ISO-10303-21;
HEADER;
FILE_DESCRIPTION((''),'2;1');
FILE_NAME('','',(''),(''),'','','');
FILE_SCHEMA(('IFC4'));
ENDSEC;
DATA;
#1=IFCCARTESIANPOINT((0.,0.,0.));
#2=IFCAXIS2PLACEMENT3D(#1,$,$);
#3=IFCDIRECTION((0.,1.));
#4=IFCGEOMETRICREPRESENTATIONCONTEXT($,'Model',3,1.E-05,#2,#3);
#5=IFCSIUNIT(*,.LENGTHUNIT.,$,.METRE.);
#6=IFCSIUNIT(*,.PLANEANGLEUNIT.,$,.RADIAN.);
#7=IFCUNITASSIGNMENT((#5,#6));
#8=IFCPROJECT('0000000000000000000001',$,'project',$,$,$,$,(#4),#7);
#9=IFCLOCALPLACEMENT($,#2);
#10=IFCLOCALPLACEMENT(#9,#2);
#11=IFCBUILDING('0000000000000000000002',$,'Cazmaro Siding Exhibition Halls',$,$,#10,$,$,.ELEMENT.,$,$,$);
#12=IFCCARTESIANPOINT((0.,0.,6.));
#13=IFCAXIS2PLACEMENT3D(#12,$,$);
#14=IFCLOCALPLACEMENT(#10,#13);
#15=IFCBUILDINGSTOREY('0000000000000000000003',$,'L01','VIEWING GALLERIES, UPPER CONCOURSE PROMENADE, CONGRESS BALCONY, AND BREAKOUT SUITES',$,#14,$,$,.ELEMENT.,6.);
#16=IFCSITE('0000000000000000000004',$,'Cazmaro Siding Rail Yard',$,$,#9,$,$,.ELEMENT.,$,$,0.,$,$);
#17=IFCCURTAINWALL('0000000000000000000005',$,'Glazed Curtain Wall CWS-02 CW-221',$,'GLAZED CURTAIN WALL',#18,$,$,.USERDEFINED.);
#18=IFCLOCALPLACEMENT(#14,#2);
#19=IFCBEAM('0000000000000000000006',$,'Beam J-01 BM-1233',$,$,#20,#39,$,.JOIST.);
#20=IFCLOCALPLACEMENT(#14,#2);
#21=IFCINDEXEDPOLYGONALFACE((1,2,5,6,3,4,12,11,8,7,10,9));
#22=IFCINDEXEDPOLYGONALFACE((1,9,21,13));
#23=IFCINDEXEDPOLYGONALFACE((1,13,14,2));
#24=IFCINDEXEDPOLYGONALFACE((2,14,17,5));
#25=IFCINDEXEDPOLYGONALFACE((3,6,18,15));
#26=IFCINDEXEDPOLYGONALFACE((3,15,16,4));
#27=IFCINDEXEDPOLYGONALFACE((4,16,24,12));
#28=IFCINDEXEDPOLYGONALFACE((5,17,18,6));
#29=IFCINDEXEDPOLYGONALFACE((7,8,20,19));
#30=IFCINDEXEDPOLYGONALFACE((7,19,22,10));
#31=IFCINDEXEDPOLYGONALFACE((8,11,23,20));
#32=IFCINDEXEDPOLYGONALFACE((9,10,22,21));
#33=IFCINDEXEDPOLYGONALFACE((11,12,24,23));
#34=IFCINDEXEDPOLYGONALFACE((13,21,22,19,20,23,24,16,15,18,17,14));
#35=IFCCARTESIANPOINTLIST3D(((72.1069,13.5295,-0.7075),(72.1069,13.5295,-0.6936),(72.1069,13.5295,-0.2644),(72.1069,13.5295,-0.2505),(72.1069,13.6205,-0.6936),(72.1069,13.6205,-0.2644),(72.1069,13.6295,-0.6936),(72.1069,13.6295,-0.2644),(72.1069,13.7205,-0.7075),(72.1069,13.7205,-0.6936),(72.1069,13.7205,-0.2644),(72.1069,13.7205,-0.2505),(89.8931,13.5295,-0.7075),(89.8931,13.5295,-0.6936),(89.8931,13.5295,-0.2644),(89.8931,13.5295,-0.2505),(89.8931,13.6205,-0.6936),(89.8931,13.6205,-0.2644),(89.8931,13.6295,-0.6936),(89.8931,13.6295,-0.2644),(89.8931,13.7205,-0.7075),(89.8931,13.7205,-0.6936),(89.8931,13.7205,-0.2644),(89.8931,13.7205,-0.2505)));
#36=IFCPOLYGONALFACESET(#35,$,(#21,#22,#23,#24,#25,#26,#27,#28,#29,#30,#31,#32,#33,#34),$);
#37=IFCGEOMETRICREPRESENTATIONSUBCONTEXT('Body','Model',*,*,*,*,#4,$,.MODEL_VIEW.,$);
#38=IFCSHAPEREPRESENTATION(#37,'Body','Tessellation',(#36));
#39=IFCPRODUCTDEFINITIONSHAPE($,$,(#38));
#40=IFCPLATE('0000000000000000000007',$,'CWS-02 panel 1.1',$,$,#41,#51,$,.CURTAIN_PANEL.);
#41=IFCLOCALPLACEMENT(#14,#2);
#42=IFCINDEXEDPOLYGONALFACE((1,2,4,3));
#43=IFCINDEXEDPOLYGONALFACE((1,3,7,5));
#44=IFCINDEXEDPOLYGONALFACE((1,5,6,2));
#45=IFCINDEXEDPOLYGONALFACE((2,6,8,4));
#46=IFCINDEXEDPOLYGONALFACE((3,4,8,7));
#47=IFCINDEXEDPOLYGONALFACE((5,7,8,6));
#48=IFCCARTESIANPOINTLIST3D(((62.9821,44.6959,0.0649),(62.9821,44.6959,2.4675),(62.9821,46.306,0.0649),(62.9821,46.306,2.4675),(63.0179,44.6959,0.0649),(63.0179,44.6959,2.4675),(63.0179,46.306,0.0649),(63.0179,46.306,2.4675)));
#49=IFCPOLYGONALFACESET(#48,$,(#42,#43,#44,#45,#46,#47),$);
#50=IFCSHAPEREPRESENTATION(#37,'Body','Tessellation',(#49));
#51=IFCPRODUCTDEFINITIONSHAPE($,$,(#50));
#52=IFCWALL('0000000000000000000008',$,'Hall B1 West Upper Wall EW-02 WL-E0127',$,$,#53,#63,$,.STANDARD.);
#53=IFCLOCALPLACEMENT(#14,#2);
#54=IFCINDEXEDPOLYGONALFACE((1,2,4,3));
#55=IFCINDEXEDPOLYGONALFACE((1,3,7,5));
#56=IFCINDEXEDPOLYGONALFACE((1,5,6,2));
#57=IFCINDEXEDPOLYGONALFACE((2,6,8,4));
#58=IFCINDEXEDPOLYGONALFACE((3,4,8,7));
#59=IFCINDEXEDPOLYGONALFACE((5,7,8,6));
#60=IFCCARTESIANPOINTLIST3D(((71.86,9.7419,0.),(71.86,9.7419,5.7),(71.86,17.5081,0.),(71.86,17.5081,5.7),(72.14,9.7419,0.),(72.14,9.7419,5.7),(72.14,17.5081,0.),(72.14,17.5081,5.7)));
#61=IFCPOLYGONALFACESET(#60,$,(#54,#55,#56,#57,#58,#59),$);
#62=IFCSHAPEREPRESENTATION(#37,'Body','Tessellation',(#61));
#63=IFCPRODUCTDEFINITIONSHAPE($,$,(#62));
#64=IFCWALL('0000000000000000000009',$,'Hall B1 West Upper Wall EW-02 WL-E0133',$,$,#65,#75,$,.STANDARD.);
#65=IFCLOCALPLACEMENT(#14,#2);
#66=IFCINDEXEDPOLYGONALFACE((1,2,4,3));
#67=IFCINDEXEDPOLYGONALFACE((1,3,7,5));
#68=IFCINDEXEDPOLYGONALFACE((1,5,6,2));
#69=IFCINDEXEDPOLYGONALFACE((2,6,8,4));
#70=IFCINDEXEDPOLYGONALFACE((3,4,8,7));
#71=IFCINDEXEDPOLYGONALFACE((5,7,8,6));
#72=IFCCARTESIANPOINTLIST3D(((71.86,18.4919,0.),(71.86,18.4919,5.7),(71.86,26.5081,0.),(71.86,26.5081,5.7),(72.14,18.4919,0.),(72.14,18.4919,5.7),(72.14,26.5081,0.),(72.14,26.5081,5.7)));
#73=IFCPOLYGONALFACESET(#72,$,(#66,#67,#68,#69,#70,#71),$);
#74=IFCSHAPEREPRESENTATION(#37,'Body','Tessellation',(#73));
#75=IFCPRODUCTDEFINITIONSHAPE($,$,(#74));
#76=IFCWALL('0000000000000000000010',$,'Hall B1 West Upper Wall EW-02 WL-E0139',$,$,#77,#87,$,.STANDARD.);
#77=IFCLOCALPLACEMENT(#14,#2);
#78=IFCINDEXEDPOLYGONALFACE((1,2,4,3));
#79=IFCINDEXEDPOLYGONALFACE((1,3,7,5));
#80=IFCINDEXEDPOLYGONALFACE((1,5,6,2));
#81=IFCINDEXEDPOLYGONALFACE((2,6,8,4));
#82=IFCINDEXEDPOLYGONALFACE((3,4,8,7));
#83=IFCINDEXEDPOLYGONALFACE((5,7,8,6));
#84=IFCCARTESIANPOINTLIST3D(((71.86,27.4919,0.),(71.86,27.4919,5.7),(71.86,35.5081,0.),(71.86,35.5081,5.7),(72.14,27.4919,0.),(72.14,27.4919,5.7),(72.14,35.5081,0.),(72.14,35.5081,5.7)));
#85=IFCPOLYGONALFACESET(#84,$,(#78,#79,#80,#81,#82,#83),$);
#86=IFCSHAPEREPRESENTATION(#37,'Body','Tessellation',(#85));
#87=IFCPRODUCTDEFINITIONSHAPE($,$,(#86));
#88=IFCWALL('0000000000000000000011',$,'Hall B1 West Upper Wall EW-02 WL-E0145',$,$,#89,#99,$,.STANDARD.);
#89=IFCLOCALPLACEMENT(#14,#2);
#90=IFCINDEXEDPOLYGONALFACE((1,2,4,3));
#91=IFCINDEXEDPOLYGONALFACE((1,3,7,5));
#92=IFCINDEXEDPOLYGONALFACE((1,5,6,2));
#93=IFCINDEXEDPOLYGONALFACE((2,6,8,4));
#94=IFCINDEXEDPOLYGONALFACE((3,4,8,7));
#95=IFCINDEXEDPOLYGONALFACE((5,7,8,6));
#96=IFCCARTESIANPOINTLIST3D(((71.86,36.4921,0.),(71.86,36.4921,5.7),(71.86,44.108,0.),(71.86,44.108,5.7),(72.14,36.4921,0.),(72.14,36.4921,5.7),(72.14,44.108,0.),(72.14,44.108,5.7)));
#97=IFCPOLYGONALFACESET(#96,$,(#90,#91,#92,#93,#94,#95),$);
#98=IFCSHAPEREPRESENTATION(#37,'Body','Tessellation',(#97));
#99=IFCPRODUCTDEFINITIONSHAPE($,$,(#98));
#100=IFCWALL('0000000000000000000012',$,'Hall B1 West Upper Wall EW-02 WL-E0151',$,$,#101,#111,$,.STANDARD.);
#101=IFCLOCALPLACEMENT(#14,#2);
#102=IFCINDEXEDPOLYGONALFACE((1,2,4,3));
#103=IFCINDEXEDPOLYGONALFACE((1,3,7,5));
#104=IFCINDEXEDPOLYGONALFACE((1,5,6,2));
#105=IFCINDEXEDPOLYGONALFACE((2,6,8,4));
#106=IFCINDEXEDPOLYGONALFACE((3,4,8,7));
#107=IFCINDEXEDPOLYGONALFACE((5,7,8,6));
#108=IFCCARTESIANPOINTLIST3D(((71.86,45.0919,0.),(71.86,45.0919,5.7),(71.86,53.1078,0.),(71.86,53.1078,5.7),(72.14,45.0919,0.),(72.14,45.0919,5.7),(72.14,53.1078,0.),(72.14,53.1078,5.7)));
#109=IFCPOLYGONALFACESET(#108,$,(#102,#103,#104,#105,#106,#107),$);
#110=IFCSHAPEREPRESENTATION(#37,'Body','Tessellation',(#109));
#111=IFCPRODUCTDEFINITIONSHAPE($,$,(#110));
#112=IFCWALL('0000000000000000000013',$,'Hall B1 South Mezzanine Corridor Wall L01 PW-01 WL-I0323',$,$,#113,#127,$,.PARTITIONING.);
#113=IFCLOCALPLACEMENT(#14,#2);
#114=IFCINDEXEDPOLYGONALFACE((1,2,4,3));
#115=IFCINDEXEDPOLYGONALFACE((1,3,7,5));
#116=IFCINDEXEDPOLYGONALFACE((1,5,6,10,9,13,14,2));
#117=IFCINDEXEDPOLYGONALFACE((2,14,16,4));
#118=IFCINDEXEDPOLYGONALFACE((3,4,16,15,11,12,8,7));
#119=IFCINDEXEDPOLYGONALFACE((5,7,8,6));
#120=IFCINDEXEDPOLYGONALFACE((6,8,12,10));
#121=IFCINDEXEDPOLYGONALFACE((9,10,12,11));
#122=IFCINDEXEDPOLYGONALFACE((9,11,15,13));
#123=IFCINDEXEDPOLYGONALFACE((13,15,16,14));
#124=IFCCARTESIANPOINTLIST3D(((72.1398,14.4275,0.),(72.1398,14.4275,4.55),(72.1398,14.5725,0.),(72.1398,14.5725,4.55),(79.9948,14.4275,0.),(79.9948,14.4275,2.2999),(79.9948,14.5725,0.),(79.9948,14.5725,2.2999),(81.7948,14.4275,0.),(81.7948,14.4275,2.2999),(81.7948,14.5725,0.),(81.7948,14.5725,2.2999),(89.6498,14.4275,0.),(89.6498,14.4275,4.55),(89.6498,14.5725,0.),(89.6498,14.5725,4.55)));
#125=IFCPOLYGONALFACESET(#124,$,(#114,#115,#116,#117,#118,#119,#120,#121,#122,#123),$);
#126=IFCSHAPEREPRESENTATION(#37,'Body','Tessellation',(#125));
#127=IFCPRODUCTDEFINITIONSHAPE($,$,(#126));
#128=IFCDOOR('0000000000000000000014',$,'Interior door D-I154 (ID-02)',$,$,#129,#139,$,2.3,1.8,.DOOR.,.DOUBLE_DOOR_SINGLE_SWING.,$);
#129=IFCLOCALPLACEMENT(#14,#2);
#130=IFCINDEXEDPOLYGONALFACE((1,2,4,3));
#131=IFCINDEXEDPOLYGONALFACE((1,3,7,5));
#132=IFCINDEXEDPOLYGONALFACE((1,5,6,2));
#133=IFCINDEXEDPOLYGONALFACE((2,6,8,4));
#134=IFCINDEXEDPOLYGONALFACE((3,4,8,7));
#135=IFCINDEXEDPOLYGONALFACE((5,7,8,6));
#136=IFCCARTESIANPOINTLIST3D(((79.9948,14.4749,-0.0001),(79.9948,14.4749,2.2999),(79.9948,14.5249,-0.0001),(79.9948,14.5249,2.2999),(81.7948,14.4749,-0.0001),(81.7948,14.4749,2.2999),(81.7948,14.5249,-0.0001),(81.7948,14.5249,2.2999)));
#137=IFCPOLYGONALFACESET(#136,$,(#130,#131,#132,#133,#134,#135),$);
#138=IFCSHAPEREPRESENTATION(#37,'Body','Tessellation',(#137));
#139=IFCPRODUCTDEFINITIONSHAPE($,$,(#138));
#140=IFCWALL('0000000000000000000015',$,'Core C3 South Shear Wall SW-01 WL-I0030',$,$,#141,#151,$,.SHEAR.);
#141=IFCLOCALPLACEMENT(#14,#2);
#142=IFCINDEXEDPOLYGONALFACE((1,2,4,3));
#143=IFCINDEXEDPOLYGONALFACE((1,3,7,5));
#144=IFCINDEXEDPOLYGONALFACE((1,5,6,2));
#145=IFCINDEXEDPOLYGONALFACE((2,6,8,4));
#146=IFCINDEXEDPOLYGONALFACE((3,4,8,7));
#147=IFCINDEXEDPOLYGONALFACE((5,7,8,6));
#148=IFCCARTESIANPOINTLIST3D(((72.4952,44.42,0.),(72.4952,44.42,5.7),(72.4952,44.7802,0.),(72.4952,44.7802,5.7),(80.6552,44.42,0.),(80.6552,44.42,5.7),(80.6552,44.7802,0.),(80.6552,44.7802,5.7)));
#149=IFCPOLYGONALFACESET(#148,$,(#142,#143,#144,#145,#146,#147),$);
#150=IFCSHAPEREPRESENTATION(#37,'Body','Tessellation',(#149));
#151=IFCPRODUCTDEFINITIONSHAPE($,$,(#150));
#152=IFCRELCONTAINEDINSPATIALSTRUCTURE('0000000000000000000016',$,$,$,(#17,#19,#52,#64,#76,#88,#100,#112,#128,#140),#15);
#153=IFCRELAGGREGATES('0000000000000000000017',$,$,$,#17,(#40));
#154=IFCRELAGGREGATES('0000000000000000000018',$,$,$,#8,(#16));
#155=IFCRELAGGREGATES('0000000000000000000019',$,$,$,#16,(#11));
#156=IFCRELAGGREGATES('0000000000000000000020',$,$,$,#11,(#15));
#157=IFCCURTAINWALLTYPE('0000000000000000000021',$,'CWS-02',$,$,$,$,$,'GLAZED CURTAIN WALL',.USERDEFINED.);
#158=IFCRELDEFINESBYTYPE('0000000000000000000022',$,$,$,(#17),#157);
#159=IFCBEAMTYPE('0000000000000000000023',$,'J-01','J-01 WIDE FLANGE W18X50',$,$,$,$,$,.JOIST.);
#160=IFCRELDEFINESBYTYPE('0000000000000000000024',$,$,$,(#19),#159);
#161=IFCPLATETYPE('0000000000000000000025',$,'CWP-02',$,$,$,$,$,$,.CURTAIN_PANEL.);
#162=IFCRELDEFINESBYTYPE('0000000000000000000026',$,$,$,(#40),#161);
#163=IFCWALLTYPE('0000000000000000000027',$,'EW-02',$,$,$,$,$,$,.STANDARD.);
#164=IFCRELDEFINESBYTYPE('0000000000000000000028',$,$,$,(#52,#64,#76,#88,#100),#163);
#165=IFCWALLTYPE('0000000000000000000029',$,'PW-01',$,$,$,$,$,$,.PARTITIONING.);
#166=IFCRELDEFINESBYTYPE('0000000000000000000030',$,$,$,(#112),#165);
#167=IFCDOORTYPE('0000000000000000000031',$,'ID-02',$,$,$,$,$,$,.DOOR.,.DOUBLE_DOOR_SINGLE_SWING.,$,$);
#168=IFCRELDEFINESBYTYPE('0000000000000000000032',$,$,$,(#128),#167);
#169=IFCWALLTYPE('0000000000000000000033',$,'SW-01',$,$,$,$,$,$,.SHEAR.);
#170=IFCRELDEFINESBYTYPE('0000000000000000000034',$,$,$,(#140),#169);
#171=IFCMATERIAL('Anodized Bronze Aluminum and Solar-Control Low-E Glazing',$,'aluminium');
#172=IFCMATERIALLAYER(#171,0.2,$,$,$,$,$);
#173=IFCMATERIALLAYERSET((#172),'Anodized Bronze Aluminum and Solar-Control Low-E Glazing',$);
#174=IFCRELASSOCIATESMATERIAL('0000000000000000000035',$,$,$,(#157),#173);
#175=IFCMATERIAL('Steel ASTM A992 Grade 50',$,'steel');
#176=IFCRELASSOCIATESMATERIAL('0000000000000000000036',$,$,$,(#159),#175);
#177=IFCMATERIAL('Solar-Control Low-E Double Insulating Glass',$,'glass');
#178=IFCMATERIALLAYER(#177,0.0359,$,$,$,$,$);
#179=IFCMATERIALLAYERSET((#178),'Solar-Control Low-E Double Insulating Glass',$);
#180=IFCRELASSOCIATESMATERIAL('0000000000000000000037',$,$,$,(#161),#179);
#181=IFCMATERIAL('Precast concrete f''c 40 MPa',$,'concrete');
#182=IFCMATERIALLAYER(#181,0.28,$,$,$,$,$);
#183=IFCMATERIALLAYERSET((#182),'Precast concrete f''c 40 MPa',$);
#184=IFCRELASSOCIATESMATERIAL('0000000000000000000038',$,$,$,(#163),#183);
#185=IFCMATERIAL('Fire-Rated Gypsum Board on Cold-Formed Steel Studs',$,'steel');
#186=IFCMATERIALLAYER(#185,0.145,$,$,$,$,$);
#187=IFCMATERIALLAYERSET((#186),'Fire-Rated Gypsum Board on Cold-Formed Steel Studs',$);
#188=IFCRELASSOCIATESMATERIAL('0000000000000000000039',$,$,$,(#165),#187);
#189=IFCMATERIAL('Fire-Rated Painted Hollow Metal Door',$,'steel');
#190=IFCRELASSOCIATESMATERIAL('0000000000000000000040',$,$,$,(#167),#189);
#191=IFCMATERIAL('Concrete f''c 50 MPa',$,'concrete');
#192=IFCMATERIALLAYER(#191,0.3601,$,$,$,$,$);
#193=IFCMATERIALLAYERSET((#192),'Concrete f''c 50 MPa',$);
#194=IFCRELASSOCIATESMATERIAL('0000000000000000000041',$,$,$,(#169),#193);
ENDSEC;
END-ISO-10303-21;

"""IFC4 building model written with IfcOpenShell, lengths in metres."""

from ifc_helpers import new_model, si_unit, direction, frame, frame_2d, origin, origin_2d, place, context, subcontext, project, spatial, rectangle, i_section, extrude, material, layer, layer_set, material_profile, profile_set, type_object, element, fill, aggregate, save


model = new_model("IFC4")

# Units and contexts
model_context = context("Model", 3, precision=1e-05, world=origin(), true_north=direction((0.0, 1.0)))
body_context = subcontext(model_context, "Body", "Model", "MODEL_VIEW")
ifc_project = project(units=[si_unit("LENGTHUNIT", "METRE"), si_unit("PLANEANGLEUNIT", "RADIAN")], contexts=[model_context])

# Site, building, storey
site_placement = place(None, origin())
site = spatial("IfcSite", under=ifc_project, at=site_placement, Name="Cazmaro Siding Rail Yard", CompositionType="ELEMENT", RefElevation=0.0)
building_placement = place(site_placement, origin())
building = spatial("IfcBuilding", under=site, at=building_placement, Name="Cazmaro Siding Exhibition Halls", CompositionType="ELEMENT")
storey_placement = place(building_placement, frame((0.0, 0.0, 6.0)))
storey = spatial("IfcBuildingStorey", under=building, at=storey_placement, Name="L01", Description="VIEWING GALLERIES, UPPER CONCOURSE PROMENADE, CONGRESS BALCONY, AND BREAKOUT SUITES", CompositionType="ELEMENT", Elevation=6.0)

# Curtain wall
ifc_material_1 = material(Name="Anodized Bronze Aluminum and Solar-Control Low-E Glazing", Category="aluminium")
ifc_layer_1 = layer(ifc_material_1, 0.2)
ifc_layer_set_1 = layer_set([ifc_layer_1], Name="Anodized Bronze Aluminum and Solar-Control Low-E Glazing")
curtain_wall_type = type_object("IfcCurtainWallType", Name="CWS-02", ElementType="GLAZED CURTAIN WALL", PredefinedType="USERDEFINED", material=ifc_layer_set_1)
curtain_wall_placement = place(storey_placement, origin())
curtain_wall = element("IfcCurtainWall", 1, at=curtain_wall_placement, inside=storey, type_object=curtain_wall_type, Name="Glazed Curtain Wall CWS-02 CW-221", ObjectType="GLAZED CURTAIN WALL", PredefinedType="USERDEFINED")

# Beam
ifc_material_2 = material(Name="Steel ASTM A992 Grade 50", Category="steel")
ifc_material_profile_1 = material_profile(ifc_material_2, i_section(OverallWidth=0.1909, OverallDepth=0.457, WebThickness=0.009, FlangeThickness=0.0139, at=origin_2d()), Name="W18X50")
ifc_profile_set_1 = profile_set([ifc_material_profile_1], Name="Steel ASTM A992 Grade 50")
beam_type_1 = type_object("IfcBeamType", Name="J-01", Description="J-01 WIDE FLANGE W18X50", PredefinedType="JOIST", material=ifc_profile_set_1)
beam_1_placement = place(storey_placement, frame((72.1069, 13.625, -0.479), z_axis=(1.0, 0.0, 0.0), x_axis=(0.0, 1.0, 0.0)))
element("IfcBeam", 2, at=beam_1_placement, inside=storey, type_object=beam_type_1, Name="Beam J-01 BM-1233", PredefinedType="JOIST", context=body_context, shape_type="SweptSolid", body=[
    extrude(i_section(OverallWidth=0.1909, OverallDepth=0.457, WebThickness=0.009, FlangeThickness=0.0139, at=origin_2d()), origin(), (0.0, 0.0, 1.0), 17.7861),
])

# Plate
ifc_material_3 = material(Name="Solar-Control Low-E Double Insulating Glass", Category="glass")
ifc_layer_2 = layer(ifc_material_3, 0.0359)
ifc_layer_set_2 = layer_set([ifc_layer_2], Name="Solar-Control Low-E Double Insulating Glass")
plate_type = type_object("IfcPlateType", Name="CWP-02", PredefinedType="CURTAIN_PANEL", material=ifc_layer_set_2)
plate_placement = place(storey_placement, frame((63.0, 45.501, 0.0649), z_axis=(0.0, 0.0, 1.0), x_axis=(0.0, 1.0, 0.0)))
plate = element("IfcPlate", 3, at=plate_placement, type_object=plate_type, Name="CWS-02 panel 1.1", PredefinedType="CURTAIN_PANEL", context=body_context, shape_type="SweptSolid", body=[
    extrude(rectangle(XDim=1.6101, YDim=0.0359, at=origin_2d()), origin(), (0.0, 0.0, 1.0), 2.4026),
])
aggregate(curtain_wall, [plate])

# Walls
ifc_material_4 = material(Name="Precast concrete f'c 40 MPa", Category="concrete")
ifc_layer_3 = layer(ifc_material_4, 0.28)
ifc_layer_set_3 = layer_set([ifc_layer_3], Name="Precast concrete f'c 40 MPa")
wall_type_1 = type_object("IfcWallType", Name="EW-02", PredefinedType="STANDARD", material=ifc_layer_set_3)
wall_1_placement = place(storey_placement, frame((72.0, 9.7419, 0.0), z_axis=(0.0, 0.0, 1.0), x_axis=(0.0, 1.0, 0.0)))
element("IfcWall", 4, at=wall_1_placement, inside=storey, type_object=wall_type_1, Name="Hall B1 West Upper Wall EW-02 WL-E0127", PredefinedType="STANDARD", context=body_context, shape_type="SweptSolid", body=[
    extrude(rectangle(XDim=7.7661, YDim=0.28, at=frame_2d((3.8831, 0.0))), origin(), (0.0, 0.0, 1.0), 5.7),
])
for number, where, z_axis, x_axis, name in (
    (5, (72.0, 18.4919, 0.0), (0.0, 0.0, 1.0), (0.0, 1.0, 0.0), "Hall B1 West Upper Wall EW-02 WL-E0133"),
    (6, (72.0, 27.4919, 0.0), (0.0, 0.0, 1.0), (0.0, 1.0, 0.0), "Hall B1 West Upper Wall EW-02 WL-E0139"),
):
    element("IfcWall", number, at=place(storey_placement, frame(where, z_axis=z_axis, x_axis=x_axis)), inside=storey, type_object=wall_type_1, Name=name, PredefinedType="STANDARD", context=body_context, shape_type="SweptSolid", body=[
        extrude(rectangle(XDim=8.0161, YDim=0.28, at=frame_2d((4.0081, 0.0))), origin(), (0.0, 0.0, 1.0), 5.7),
    ])
wall_2_placement = place(storey_placement, frame((72.0, 36.4919, 0.0), z_axis=(0.0, 0.0, 1.0), x_axis=(0.0, 1.0, 0.0)))
element("IfcWall", 7, at=wall_2_placement, inside=storey, type_object=wall_type_1, Name="Hall B1 West Upper Wall EW-02 WL-E0145", PredefinedType="STANDARD", context=body_context, shape_type="SweptSolid", body=[
    extrude(rectangle(XDim=7.616, YDim=0.28, at=frame_2d((3.8081, 0.0))), origin(), (0.0, 0.0, 1.0), 5.7),
])
wall_3_placement = place(storey_placement, frame((72.0, 45.092, 0.0), z_axis=(0.0, 0.0, 1.0), x_axis=(0.0, 1.0, 0.0)))
element("IfcWall", 8, at=wall_3_placement, inside=storey, type_object=wall_type_1, Name="Hall B1 West Upper Wall EW-02 WL-E0151", PredefinedType="STANDARD", context=body_context, shape_type="SweptSolid", body=[
    extrude(rectangle(XDim=8.0159, YDim=0.28, at=frame_2d((4.0078, 0.0))), origin(), (0.0, 0.0, 1.0), 5.7),
])

# Wall, opening, door
ifc_material_5 = material(Name="Fire-Rated Gypsum Board on Cold-Formed Steel Studs", Category="steel")
ifc_layer_4 = layer(ifc_material_5, 0.145)
ifc_layer_set_4 = layer_set([ifc_layer_4], Name="Fire-Rated Gypsum Board on Cold-Formed Steel Studs")
wall_type_2 = type_object("IfcWallType", Name="PW-01", PredefinedType="PARTITIONING", material=ifc_layer_set_4)
wall_4_placement = place(storey_placement, frame((72.1399, 14.5, 0.0), z_axis=(0.0, 0.0, 1.0), x_axis=(1.0, 0.0, 0.0)))
wall_4 = element("IfcWall", 9, at=wall_4_placement, inside=storey, type_object=wall_type_2, Name="Hall B1 South Mezzanine Corridor Wall L01 PW-01 WL-I0323", PredefinedType="PARTITIONING", context=body_context, shape_type="SweptSolid", body=[
    extrude(rectangle(XDim=17.51, YDim=0.145, at=frame_2d((8.7549, 0.0))), origin(), (0.0, 0.0, 1.0), 4.55),
])
opening_placement = place(wall_4_placement, frame((7.855, 0.0, 0.0)))
opening = element("IfcOpeningElement", 10, at=opening_placement, cuts=wall_4, PredefinedType="OPENING", context=body_context, shape_type="SweptSolid", body=[
    extrude(rectangle(XDim=1.8, YDim=2.3, at=frame_2d((0.8999, 1.1499))), frame((0.0, 0.0825, 0.0), z_axis=(0.0, -1.0, 0.0), x_axis=(1.0, 0.0, 0.0)), (0.0, 0.0, 1.0), 0.165),
])
ifc_material_6 = material(Name="Fire-Rated Painted Hollow Metal Door", Category="steel")
door_type = type_object("IfcDoorType", Name="ID-02", OperationType="DOUBLE_DOOR_SINGLE_SWING", PredefinedType="DOOR", material=ifc_material_6)
door_placement = place(opening_placement, origin())
door = element("IfcDoor", 11, at=door_placement, inside=storey, type_object=door_type, Name="Interior door D-I154 (ID-02)", OperationType="DOUBLE_DOOR_SINGLE_SWING", OverallHeight=2.3, OverallWidth=1.8, PredefinedType="DOOR", context=body_context, shape_type="SweptSolid", body=[
    extrude(rectangle(XDim=1.8, YDim=2.3, at=frame_2d((0.8999, 1.1499))), frame((0.0, 0.0249, 0.0), z_axis=(0.0, -1.0, 0.0), x_axis=(1.0, 0.0, 0.0)), (0.0, 0.0, 1.0), 0.05),
])
fill(opening, door)

# Wall
ifc_material_7 = material(Name="Concrete f'c 50 MPa", Category="concrete")
ifc_layer_5 = layer(ifc_material_7, 0.3601)
ifc_layer_set_5 = layer_set([ifc_layer_5], Name="Concrete f'c 50 MPa")
wall_type_3 = type_object("IfcWallType", Name="SW-01", PredefinedType="SHEAR", material=ifc_layer_set_5)
wall_5_placement = place(storey_placement, frame((72.4951, 44.6001, 0.0), z_axis=(0.0, 0.0, 1.0), x_axis=(1.0, 0.0, 0.0)))
element("IfcWall", 12, at=wall_5_placement, inside=storey, type_object=wall_type_3, Name="Core C3 South Shear Wall SW-01 WL-I0030", PredefinedType="SHEAR", context=body_context, shape_type="SweptSolid", body=[
    extrude(rectangle(XDim=8.1599, YDim=0.3601, at=frame_2d((4.0801, 0.0))), origin(), (0.0, 0.0, 1.0), 5.7),
])

save(model, "model.ifc")
